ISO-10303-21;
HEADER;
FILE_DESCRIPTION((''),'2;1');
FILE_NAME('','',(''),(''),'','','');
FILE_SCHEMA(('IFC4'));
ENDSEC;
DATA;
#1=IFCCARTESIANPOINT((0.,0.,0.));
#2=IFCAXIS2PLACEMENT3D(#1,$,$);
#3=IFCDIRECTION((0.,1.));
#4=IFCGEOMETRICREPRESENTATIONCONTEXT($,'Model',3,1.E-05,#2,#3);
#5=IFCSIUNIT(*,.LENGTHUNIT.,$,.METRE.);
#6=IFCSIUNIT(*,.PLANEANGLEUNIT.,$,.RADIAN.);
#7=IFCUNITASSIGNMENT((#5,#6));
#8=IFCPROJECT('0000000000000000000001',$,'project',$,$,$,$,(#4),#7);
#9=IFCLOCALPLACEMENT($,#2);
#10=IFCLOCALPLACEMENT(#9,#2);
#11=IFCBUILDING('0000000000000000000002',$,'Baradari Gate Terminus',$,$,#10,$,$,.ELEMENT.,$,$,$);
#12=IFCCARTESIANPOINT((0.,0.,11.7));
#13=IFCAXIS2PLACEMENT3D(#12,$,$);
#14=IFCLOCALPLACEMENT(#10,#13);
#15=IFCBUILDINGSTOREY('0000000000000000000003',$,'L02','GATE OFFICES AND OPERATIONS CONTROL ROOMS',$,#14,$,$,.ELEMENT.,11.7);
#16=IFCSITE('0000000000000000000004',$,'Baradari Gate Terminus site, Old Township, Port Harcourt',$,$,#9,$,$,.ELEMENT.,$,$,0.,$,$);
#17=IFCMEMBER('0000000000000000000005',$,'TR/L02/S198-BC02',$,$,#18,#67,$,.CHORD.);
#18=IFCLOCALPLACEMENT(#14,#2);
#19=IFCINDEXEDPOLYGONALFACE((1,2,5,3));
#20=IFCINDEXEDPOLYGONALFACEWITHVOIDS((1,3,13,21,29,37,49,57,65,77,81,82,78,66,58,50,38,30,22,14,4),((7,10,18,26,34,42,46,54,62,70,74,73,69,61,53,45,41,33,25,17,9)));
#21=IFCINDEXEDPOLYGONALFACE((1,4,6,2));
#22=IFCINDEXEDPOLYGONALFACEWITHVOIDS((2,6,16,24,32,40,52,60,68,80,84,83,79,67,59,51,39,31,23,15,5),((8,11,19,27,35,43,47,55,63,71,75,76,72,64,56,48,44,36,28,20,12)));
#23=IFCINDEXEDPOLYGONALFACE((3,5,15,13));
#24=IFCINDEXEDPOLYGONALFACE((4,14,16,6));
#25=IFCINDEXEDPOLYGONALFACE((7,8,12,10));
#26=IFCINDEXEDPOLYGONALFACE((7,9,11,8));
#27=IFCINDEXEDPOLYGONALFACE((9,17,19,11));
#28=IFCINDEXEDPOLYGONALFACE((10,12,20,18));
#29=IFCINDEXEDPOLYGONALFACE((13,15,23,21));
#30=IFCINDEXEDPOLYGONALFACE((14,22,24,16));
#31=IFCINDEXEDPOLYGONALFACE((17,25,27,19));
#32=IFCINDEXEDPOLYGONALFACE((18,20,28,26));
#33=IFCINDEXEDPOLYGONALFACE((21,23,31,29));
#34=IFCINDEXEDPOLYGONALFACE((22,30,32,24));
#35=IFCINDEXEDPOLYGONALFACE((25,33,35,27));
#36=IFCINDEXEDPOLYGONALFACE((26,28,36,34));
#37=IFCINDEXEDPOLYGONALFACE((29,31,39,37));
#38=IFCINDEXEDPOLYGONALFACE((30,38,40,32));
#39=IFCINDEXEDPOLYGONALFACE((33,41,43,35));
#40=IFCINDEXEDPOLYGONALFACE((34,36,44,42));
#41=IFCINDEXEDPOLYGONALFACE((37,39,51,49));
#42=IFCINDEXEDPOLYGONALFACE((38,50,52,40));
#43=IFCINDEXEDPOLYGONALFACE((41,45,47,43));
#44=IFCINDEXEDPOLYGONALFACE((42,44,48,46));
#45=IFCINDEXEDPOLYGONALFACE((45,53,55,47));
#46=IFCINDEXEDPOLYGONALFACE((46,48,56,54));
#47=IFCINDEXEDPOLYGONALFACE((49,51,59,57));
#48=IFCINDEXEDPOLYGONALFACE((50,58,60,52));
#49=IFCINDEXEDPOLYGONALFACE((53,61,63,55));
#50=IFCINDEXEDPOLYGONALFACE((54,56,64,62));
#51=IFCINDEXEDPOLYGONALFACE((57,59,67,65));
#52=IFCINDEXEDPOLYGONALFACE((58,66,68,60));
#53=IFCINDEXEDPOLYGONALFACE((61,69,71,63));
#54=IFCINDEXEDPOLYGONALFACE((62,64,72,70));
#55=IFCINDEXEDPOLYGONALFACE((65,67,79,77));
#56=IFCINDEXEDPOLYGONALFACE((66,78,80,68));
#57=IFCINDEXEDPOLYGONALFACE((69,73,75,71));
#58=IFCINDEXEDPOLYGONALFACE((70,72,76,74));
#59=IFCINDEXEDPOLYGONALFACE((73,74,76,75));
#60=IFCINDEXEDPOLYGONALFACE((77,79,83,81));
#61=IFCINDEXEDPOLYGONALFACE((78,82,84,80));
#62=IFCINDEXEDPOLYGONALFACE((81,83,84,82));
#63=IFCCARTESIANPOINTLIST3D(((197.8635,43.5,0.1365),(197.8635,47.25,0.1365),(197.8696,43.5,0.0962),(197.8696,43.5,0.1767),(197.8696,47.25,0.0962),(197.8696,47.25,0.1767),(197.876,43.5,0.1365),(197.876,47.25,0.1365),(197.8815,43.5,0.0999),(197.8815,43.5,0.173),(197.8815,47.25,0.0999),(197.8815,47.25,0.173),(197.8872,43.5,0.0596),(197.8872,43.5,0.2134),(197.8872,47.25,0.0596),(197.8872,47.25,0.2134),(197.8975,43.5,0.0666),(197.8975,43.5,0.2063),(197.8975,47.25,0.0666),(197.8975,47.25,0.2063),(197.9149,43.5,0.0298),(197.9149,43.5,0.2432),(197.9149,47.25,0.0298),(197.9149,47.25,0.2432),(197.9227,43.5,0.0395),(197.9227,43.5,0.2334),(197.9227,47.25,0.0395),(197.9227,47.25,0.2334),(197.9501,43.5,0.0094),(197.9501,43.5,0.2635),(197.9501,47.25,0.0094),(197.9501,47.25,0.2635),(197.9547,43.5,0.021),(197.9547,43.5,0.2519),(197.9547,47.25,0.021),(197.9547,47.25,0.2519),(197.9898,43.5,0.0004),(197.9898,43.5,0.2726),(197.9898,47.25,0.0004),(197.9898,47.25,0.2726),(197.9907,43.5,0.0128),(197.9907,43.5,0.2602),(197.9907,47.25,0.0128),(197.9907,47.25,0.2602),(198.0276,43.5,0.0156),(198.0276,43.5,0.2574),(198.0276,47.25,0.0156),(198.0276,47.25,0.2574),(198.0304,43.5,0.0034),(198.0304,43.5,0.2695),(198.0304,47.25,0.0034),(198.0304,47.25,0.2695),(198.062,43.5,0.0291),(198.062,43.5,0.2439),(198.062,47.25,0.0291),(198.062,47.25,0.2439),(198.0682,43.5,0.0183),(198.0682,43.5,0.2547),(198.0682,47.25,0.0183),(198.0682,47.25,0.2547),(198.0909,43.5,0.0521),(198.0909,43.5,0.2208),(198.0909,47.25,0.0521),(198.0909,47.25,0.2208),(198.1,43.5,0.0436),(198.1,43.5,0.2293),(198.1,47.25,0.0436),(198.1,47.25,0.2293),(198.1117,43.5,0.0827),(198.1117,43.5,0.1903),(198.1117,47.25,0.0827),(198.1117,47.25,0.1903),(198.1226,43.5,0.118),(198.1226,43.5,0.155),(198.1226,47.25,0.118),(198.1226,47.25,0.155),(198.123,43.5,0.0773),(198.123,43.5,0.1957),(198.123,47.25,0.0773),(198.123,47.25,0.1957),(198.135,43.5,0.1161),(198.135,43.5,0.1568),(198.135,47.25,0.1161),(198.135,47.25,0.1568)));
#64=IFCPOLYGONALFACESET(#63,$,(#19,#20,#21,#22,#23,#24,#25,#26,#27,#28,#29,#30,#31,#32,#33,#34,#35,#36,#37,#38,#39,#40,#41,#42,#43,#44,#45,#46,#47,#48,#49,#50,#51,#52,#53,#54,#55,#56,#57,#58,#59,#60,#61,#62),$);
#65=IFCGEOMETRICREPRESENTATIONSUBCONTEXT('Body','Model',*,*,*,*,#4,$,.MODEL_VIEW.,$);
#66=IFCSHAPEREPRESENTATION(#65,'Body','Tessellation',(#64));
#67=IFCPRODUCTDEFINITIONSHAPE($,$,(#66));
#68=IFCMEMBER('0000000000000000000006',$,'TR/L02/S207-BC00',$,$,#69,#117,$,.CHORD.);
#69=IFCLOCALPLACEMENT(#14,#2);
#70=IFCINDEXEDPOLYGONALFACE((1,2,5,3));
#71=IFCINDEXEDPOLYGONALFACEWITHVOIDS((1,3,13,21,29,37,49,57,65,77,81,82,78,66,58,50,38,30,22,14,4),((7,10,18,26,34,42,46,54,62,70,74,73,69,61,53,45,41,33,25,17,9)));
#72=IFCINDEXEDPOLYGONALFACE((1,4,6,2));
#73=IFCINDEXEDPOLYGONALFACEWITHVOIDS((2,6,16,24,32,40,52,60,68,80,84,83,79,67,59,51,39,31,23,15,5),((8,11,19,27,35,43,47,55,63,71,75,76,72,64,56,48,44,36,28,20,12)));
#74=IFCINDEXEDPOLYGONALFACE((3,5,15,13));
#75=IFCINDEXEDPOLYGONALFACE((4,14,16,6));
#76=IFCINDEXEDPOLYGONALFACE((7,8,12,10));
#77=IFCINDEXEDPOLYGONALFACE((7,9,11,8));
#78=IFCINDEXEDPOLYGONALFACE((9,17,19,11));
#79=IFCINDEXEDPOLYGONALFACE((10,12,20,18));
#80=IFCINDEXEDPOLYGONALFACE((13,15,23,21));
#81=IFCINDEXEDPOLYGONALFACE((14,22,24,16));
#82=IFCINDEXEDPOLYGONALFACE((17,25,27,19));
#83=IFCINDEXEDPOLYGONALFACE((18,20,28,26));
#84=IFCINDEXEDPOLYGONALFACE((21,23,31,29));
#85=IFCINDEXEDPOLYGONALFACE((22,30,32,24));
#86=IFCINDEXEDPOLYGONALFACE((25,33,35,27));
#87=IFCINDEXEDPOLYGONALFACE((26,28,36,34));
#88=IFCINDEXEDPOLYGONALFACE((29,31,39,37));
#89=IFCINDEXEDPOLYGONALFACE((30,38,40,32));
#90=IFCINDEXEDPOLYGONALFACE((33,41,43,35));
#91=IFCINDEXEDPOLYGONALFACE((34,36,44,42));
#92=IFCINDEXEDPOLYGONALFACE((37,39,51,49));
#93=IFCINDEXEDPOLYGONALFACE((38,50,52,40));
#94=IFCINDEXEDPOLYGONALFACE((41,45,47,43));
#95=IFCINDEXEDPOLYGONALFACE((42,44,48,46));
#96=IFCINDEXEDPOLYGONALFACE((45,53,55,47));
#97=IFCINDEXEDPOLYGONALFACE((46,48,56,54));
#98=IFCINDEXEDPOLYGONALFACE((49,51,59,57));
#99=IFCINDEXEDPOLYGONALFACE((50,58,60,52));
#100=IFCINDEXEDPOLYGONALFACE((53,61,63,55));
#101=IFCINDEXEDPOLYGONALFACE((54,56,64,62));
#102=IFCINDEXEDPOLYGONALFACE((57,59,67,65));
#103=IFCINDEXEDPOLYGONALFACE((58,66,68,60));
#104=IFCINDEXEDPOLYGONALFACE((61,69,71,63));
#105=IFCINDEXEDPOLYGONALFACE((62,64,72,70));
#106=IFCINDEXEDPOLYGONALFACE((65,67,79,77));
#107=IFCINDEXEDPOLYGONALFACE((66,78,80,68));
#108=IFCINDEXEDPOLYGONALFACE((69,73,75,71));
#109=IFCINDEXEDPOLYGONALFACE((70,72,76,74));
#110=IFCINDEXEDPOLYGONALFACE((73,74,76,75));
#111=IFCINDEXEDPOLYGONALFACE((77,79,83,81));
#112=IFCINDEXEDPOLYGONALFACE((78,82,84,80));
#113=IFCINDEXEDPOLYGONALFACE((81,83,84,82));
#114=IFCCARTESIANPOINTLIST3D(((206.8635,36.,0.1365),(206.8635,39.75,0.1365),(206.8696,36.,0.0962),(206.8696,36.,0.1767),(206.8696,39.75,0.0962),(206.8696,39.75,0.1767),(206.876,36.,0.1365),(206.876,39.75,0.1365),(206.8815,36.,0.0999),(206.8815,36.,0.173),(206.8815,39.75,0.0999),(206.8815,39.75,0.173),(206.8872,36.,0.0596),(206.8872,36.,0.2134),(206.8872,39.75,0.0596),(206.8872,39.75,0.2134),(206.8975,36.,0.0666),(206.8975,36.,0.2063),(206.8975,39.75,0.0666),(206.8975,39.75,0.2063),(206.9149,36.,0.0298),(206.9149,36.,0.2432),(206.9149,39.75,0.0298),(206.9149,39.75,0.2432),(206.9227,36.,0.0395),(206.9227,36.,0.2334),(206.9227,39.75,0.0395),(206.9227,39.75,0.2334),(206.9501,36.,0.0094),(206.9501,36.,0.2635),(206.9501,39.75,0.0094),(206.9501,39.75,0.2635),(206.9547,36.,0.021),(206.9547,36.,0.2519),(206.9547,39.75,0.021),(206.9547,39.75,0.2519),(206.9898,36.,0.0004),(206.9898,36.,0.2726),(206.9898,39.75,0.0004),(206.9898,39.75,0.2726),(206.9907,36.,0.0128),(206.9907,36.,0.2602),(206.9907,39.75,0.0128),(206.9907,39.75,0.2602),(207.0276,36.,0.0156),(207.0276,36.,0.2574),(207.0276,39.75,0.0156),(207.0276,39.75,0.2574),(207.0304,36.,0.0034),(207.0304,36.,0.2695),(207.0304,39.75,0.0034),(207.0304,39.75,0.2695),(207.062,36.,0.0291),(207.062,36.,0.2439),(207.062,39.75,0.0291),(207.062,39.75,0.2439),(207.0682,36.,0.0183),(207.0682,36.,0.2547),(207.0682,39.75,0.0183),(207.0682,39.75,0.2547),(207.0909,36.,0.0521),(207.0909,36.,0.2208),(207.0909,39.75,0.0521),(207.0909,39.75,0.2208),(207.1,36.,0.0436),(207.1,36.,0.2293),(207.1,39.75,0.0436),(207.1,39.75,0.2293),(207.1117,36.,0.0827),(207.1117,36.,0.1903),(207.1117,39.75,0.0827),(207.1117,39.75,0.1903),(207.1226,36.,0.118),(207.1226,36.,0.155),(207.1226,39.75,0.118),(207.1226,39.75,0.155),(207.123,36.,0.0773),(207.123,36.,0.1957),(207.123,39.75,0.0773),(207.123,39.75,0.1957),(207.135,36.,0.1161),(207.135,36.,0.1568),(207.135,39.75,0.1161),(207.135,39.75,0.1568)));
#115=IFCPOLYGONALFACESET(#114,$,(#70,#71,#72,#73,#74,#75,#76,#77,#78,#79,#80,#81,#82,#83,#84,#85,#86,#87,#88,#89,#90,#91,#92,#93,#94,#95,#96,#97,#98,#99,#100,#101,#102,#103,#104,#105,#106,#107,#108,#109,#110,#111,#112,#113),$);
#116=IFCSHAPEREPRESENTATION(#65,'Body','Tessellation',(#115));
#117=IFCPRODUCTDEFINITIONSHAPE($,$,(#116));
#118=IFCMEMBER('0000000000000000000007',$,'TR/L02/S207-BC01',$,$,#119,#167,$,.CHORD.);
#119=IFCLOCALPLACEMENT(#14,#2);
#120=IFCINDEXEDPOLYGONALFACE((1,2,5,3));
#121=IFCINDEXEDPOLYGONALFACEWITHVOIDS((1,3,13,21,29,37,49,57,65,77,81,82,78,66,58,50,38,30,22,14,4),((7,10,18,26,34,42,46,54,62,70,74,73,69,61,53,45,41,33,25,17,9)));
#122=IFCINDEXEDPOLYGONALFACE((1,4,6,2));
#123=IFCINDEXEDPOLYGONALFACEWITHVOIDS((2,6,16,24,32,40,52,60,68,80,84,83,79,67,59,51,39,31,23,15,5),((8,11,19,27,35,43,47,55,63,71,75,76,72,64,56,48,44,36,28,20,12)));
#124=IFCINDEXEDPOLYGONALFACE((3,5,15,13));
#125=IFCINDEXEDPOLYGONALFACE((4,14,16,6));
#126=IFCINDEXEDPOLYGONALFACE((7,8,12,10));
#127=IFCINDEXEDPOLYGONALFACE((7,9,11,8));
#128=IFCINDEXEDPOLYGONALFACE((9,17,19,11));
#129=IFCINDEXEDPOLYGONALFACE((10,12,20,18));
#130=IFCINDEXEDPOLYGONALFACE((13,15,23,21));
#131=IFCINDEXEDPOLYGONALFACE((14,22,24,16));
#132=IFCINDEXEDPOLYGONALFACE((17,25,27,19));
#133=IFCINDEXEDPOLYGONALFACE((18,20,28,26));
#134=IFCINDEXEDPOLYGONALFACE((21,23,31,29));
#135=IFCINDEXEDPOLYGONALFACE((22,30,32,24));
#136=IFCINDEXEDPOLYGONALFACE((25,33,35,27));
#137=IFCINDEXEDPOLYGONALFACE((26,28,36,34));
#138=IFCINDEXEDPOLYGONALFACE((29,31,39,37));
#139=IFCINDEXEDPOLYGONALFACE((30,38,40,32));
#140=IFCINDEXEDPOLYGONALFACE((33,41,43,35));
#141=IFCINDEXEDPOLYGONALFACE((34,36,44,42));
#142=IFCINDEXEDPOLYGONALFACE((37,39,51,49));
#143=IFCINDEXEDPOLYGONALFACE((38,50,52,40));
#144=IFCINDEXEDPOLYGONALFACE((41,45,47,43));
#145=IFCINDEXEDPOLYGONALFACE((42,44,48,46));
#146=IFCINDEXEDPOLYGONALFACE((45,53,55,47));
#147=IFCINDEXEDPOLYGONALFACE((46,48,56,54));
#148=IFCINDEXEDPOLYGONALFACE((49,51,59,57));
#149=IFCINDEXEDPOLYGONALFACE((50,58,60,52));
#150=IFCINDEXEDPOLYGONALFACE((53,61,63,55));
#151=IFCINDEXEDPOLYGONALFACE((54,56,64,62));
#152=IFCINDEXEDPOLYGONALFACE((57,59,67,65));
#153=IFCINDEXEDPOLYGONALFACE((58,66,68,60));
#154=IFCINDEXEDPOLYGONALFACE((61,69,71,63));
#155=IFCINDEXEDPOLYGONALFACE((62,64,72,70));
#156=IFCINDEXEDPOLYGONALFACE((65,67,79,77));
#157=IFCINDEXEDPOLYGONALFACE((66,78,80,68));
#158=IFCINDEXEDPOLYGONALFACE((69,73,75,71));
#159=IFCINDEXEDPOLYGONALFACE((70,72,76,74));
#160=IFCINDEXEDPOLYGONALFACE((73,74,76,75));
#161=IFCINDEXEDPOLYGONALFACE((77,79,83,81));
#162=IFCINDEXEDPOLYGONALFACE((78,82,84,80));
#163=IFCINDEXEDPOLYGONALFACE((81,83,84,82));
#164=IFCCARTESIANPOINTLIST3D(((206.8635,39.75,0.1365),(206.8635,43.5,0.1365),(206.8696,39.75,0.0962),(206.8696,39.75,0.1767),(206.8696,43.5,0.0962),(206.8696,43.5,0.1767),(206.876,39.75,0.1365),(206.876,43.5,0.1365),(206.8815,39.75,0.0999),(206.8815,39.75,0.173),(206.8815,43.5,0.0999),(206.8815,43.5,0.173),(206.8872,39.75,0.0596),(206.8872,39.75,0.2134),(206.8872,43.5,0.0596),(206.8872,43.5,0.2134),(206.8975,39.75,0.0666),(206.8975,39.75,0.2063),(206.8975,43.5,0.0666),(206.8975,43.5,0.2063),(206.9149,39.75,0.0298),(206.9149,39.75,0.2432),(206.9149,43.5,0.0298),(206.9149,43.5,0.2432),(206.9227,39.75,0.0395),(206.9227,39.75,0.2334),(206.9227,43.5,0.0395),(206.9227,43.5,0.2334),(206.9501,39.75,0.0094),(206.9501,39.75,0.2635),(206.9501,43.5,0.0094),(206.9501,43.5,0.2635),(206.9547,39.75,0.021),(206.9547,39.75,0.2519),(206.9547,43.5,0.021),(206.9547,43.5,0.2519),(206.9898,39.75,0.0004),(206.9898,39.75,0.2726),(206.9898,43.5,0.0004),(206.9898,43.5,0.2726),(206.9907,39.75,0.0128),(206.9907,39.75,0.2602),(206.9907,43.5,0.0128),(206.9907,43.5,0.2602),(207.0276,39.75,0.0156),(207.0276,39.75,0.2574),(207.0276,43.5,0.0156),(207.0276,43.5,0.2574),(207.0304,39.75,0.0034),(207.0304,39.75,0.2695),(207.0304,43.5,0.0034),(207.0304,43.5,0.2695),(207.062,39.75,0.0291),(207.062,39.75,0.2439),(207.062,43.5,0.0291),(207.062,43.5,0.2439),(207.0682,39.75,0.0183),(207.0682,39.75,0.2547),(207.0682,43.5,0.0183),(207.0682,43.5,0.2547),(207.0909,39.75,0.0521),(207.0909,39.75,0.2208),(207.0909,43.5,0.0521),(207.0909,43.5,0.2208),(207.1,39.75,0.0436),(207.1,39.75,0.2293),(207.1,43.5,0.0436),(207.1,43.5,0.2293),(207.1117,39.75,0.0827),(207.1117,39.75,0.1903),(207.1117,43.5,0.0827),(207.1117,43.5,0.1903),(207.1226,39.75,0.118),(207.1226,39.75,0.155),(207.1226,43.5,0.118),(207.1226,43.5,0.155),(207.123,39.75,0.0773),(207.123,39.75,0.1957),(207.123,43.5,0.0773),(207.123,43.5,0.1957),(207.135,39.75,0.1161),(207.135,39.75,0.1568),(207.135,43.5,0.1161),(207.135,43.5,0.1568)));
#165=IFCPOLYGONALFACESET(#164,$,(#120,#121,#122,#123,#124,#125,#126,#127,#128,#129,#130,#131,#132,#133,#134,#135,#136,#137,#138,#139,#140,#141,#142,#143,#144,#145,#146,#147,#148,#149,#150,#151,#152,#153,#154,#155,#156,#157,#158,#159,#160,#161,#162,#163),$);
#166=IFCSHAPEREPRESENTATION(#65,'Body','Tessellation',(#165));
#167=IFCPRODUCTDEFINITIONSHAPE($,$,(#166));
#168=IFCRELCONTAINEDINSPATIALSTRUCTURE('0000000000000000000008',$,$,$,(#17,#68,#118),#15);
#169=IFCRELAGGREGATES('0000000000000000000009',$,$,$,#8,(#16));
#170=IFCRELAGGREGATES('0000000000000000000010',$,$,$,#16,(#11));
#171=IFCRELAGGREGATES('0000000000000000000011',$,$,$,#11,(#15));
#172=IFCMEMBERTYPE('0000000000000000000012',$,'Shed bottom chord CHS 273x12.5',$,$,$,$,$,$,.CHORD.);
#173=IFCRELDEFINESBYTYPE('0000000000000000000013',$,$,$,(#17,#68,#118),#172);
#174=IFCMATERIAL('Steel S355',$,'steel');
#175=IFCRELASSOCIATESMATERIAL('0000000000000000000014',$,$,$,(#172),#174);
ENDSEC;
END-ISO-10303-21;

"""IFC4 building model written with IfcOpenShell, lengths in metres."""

from ifc_helpers import new_model, si_unit, direction, frame, origin, origin_2d, place, context, subcontext, project, spatial, hollow_circle, extrude, material, material_profile, profile_set, type_object, element, save


model = new_model("IFC4")

# Units and contexts
model_context = context("Model", 3, precision=1e-05, world=origin(), true_north=direction((0.0, 1.0)))
body_context = subcontext(model_context, "Body", "Model", "MODEL_VIEW")
ifc_project = project(units=[si_unit("LENGTHUNIT", "METRE"), si_unit("PLANEANGLEUNIT", "RADIAN")], contexts=[model_context])

# Site, building, storey
site_placement = place(None, origin())
site = spatial("IfcSite", under=ifc_project, at=site_placement, Name="Baradari Gate Terminus site, Old Township, Port Harcourt", CompositionType="ELEMENT", RefElevation=0.0)
building_placement = place(site_placement, origin())
building = spatial("IfcBuilding", under=site, at=building_placement, Name="Baradari Gate Terminus", CompositionType="ELEMENT")
storey_placement = place(building_placement, frame((0.0, 0.0, 11.7)))
storey = spatial("IfcBuildingStorey", under=building, at=storey_placement, Name="L02", Description="GATE OFFICES AND OPERATIONS CONTROL ROOMS", CompositionType="ELEMENT", Elevation=11.7)

# Members
ifc_material_1 = material(Name="Steel S355", Category="steel")
ifc_material_profile_1 = material_profile(ifc_material_1, hollow_circle(Radius=0.1365, WallThickness=0.0125, at=origin_2d()), Name="CHS 273x12.5")
ifc_profile_set_1 = profile_set([ifc_material_profile_1], Name="Steel S355")
member_type_1 = type_object("IfcMemberType", Name="Shed bottom chord CHS 273x12.5", PredefinedType="CHORD", material=ifc_profile_set_1)
for number, where, z_axis, x_axis, name in (
    (1, (198.0, 43.5, 0.1365), (0.0, 1.0, 0.0), (-1.0, 0.0, 0.0), "TR/L02/S198-BC02"),
    (2, (207.0, 36.0, 0.1365), (0.0, 1.0, 0.0), (-1.0, 0.0, 0.0), "TR/L02/S207-BC00"),
    (3, (207.0, 39.75, 0.1365), (0.0, 1.0, 0.0), (-1.0, 0.0, 0.0), "TR/L02/S207-BC01"),
):
    element("IfcMember", number, at=place(storey_placement, frame(where, z_axis=z_axis, x_axis=x_axis)), inside=storey, type_object=member_type_1, Name=name, PredefinedType="CHORD", context=body_context, shape_type="SweptSolid", body=[
        extrude(hollow_circle(Radius=0.1365, WallThickness=0.0125, at=origin_2d()), origin(), (0.0, 0.0, 1.0), 3.75),
    ])

save(model, "model.ifc")
